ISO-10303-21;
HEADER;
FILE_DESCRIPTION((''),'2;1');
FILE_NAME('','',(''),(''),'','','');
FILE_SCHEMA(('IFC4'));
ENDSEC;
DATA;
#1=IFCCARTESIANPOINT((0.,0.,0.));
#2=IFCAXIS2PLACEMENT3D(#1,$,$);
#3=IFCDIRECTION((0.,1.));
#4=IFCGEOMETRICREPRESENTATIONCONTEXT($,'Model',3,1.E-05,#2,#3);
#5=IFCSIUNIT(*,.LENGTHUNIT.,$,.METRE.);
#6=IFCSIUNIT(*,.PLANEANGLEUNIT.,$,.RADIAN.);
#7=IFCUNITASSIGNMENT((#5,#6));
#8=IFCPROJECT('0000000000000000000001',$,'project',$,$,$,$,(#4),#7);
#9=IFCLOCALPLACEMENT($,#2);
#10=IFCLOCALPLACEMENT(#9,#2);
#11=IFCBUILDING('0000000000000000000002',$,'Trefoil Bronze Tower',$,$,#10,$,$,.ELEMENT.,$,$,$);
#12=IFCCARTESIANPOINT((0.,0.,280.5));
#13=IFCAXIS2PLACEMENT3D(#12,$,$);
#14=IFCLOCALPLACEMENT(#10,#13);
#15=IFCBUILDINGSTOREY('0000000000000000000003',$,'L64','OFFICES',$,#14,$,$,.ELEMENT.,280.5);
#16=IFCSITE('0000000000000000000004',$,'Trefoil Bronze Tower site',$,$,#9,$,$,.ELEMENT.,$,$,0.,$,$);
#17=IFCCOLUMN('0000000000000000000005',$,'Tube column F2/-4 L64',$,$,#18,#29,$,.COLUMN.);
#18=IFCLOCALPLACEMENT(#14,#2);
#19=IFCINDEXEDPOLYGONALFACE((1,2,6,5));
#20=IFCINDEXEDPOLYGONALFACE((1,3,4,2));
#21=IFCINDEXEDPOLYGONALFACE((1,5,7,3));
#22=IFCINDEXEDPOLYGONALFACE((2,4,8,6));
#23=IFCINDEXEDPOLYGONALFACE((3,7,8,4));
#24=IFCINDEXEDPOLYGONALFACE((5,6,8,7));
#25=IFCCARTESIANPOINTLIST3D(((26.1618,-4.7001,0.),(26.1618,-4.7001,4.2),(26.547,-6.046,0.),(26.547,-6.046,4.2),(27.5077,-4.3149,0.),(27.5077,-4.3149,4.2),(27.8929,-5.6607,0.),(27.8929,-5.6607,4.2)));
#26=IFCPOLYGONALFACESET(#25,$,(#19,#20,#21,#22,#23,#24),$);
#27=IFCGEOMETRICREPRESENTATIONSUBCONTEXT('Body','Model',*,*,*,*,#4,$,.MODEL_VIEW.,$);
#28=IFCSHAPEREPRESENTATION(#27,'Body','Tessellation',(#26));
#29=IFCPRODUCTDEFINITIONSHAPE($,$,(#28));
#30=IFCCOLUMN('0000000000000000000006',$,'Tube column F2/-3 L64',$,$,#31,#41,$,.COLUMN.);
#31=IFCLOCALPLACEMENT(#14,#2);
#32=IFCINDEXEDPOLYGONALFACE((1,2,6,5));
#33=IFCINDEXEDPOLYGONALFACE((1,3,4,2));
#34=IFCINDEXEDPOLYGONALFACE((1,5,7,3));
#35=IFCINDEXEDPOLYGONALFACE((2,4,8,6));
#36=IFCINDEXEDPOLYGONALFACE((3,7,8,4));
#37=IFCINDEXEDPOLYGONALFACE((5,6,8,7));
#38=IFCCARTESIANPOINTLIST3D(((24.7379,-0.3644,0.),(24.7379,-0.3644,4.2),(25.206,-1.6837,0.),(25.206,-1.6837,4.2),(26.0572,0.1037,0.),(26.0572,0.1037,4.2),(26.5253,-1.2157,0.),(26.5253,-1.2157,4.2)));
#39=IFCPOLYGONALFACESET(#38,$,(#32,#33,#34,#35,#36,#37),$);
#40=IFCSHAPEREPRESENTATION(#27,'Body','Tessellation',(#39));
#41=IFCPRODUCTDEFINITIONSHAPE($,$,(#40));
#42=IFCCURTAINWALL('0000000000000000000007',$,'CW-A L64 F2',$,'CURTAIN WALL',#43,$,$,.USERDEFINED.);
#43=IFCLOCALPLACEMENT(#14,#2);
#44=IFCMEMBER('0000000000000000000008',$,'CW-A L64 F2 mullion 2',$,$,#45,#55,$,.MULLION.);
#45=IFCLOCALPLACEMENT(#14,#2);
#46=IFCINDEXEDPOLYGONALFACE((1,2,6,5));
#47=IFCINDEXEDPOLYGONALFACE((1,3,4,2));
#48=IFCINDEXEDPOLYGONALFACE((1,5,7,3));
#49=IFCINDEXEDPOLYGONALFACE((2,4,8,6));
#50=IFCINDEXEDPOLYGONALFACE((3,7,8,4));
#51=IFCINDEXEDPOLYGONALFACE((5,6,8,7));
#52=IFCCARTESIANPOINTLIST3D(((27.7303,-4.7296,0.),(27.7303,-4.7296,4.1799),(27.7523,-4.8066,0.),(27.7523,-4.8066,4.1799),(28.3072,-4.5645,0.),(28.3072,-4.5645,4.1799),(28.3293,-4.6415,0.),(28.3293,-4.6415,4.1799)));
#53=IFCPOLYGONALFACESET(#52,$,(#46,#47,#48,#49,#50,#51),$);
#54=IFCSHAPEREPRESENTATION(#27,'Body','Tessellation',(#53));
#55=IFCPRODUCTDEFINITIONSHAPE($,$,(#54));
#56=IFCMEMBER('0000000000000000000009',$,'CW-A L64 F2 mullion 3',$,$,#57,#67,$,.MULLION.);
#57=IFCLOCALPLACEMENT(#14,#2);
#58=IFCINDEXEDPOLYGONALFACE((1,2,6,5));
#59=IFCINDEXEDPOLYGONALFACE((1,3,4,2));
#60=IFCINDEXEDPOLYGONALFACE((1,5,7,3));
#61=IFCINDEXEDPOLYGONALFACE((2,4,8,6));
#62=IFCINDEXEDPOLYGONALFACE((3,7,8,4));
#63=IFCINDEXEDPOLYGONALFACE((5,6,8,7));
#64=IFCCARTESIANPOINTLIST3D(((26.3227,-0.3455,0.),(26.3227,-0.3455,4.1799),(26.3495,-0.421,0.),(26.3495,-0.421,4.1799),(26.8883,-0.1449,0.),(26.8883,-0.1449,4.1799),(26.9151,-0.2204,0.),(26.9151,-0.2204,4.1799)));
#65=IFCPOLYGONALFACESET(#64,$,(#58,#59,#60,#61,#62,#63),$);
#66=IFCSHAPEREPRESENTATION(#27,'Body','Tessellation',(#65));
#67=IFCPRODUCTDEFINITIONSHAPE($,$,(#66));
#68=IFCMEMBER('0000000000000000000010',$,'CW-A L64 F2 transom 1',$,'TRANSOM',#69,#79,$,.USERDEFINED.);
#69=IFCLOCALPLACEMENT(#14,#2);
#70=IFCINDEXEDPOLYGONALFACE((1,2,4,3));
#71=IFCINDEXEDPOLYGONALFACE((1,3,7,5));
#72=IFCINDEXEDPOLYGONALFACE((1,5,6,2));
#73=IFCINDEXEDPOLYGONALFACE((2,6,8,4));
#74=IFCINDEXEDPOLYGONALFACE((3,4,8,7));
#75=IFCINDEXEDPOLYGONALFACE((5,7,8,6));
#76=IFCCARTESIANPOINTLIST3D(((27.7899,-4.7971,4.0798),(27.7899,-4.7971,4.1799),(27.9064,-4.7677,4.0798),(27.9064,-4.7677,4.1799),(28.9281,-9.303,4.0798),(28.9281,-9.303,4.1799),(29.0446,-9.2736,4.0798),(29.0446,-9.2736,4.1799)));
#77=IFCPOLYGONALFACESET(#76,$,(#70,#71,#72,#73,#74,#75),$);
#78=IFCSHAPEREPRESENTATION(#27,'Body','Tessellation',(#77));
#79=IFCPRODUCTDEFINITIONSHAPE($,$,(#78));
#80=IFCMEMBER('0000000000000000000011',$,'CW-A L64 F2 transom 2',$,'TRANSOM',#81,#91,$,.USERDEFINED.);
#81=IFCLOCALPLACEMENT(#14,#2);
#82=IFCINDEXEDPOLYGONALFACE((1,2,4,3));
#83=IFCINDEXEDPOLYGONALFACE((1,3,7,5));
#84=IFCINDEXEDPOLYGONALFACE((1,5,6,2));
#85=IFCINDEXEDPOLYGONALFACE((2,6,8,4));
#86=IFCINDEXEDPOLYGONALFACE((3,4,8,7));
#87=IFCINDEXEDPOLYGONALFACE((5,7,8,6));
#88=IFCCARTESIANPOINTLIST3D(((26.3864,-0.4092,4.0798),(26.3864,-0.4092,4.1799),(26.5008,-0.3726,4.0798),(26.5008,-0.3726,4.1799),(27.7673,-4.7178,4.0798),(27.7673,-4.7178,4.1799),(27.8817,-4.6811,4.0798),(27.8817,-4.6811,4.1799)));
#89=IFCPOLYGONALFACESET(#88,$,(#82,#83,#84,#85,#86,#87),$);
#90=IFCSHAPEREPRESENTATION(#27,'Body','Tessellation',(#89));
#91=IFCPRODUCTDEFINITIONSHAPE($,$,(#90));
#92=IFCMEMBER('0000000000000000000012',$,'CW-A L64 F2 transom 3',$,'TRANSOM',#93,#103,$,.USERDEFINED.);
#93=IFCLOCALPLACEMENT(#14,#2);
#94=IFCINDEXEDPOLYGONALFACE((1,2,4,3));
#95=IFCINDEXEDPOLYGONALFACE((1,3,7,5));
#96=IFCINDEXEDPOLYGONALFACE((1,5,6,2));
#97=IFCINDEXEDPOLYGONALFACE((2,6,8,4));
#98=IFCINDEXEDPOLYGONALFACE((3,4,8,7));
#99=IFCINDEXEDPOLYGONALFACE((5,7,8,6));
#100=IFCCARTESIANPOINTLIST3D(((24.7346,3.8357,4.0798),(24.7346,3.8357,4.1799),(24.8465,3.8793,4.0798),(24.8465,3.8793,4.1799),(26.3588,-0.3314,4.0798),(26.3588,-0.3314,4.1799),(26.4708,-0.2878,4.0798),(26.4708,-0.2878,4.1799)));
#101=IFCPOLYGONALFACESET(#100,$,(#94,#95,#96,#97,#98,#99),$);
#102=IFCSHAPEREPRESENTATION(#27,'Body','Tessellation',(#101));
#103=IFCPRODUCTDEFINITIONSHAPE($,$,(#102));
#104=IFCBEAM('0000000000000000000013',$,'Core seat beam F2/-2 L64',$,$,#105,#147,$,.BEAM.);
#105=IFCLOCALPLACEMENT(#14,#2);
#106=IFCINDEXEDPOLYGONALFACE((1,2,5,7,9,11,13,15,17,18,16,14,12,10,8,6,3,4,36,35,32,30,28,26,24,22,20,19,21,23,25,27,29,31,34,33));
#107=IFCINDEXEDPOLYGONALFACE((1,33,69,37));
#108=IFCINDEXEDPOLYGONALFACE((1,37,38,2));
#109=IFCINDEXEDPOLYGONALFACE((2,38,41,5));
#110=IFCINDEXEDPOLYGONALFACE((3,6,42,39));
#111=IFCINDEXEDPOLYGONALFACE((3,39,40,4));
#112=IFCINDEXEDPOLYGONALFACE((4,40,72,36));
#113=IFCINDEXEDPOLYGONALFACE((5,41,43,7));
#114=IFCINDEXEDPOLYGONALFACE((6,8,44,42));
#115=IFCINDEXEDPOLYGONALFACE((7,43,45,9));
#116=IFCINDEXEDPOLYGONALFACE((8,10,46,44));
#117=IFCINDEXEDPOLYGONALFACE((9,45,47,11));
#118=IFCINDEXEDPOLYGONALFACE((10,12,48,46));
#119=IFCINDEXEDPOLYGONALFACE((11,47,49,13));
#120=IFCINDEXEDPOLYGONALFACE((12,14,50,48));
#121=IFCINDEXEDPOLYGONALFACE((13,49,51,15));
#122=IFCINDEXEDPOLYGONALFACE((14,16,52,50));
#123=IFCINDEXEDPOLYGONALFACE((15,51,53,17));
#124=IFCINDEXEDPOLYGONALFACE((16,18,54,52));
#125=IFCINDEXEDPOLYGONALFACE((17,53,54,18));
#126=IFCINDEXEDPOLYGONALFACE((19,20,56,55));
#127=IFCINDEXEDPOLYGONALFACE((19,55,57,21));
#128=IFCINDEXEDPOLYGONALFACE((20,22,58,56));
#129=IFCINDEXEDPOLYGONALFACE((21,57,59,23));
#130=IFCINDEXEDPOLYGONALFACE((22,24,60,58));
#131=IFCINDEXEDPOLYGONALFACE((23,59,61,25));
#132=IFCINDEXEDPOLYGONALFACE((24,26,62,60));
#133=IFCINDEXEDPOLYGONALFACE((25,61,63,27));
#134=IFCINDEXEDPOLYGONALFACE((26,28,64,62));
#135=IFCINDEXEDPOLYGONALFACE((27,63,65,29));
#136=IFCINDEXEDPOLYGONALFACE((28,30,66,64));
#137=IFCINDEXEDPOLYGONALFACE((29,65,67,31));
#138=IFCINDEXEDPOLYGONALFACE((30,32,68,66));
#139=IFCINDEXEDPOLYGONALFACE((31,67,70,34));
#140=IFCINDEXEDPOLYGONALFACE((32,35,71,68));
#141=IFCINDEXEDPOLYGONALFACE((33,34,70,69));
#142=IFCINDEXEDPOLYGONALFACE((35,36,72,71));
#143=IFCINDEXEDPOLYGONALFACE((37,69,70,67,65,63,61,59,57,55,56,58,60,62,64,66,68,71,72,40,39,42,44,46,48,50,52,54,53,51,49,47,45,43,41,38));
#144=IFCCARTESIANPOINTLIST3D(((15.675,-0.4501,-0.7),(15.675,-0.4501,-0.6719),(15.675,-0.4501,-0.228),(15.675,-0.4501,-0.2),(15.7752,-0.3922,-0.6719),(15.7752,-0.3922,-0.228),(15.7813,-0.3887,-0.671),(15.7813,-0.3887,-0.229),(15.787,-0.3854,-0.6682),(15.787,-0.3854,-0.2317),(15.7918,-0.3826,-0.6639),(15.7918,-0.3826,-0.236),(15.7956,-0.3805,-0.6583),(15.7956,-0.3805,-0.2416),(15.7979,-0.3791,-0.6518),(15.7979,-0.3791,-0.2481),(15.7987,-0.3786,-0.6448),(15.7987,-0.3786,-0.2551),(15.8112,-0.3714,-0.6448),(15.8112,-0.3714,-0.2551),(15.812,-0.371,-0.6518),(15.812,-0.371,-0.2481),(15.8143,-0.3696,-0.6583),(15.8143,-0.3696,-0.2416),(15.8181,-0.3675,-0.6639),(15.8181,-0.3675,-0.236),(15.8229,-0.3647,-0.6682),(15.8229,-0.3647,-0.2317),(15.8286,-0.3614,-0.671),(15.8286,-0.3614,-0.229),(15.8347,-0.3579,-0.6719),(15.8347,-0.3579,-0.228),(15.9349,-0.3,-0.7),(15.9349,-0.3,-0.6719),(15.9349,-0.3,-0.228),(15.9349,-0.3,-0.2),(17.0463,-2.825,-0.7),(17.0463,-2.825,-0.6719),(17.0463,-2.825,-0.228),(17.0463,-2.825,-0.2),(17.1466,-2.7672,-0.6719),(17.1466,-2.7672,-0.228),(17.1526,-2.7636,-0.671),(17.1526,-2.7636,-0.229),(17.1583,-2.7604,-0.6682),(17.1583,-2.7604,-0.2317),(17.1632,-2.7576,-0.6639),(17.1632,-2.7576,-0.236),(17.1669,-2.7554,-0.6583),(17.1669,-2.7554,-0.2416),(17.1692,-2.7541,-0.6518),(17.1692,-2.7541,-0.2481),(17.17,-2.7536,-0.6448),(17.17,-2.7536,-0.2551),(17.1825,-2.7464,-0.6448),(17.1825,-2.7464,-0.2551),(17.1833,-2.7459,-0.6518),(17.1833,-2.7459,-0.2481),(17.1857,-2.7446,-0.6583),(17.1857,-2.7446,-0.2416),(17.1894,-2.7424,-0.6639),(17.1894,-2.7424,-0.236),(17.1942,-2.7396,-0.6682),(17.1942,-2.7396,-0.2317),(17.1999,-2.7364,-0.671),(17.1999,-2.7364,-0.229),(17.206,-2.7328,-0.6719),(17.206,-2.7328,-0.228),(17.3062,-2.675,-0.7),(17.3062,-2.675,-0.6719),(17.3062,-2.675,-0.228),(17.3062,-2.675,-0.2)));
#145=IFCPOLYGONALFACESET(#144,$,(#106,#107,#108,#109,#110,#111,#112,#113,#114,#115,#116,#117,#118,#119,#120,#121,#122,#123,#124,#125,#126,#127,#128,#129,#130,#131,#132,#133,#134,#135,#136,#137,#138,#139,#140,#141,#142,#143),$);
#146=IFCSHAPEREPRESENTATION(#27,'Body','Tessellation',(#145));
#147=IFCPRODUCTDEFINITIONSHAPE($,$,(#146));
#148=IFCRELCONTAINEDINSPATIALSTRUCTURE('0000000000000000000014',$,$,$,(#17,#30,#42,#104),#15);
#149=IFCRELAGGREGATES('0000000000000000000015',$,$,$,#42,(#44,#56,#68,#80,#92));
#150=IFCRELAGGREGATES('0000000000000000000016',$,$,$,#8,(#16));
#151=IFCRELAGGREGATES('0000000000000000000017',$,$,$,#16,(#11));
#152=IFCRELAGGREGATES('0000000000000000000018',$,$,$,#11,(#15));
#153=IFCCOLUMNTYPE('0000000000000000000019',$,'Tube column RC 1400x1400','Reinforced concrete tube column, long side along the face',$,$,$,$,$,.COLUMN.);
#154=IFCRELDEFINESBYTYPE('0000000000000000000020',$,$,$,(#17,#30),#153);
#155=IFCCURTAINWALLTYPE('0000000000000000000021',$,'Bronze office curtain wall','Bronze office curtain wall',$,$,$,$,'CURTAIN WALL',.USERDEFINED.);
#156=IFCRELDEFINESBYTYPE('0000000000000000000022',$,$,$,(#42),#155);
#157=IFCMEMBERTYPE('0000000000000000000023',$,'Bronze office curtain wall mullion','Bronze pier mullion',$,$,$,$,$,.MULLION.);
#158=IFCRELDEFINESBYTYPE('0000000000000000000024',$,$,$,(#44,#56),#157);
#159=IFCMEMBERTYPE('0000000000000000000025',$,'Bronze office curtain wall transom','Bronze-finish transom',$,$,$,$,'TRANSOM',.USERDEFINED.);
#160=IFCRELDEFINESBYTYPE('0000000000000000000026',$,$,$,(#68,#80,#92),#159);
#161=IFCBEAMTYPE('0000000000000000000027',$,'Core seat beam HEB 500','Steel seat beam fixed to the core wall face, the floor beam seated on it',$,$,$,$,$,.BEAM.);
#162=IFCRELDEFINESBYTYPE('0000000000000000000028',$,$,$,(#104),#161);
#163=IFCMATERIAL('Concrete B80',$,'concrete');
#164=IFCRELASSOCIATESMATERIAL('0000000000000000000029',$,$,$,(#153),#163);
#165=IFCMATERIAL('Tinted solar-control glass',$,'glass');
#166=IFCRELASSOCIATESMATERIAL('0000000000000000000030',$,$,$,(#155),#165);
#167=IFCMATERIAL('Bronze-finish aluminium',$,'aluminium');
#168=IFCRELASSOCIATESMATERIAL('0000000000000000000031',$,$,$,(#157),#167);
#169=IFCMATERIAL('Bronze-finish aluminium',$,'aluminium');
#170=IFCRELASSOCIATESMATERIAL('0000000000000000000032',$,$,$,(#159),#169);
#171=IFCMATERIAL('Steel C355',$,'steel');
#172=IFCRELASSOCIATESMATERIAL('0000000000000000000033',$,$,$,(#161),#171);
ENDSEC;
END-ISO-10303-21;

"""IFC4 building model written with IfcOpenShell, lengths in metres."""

from ifc_helpers import new_model, si_unit, direction, frame, origin, origin_2d, place, context, subcontext, project, spatial, rectangle, i_section, extrude, material, material_profile, profile_set, type_object, element, aggregate, save


model = new_model("IFC4")

# Units and contexts
model_context = context("Model", 3, precision=1e-05, world=origin(), true_north=direction((0.0, 1.0)))
body_context = subcontext(model_context, "Body", "Model", "MODEL_VIEW")
ifc_project = project(units=[si_unit("LENGTHUNIT", "METRE"), si_unit("PLANEANGLEUNIT", "RADIAN")], contexts=[model_context])

# Site, building, storey
site_placement = place(None, origin())
site = spatial("IfcSite", under=ifc_project, at=site_placement, Name="Trefoil Bronze Tower site", CompositionType="ELEMENT", RefElevation=0.0)
building_placement = place(site_placement, origin())
building = spatial("IfcBuilding", under=site, at=building_placement, Name="Trefoil Bronze Tower", CompositionType="ELEMENT")
storey_placement = place(building_placement, frame((0.0, 0.0, 280.5)))
storey = spatial("IfcBuildingStorey", under=building, at=storey_placement, Name="L64", Description="OFFICES", CompositionType="ELEMENT", Elevation=280.5)

# Columns
ifc_material_1 = material(Name="Concrete B80", Category="concrete")
ifc_material_profile_1 = material_profile(ifc_material_1, rectangle(XDim=1.3999, YDim=1.3999, at=origin_2d()), Name="RC 1400x1400")
ifc_profile_set_1 = profile_set([ifc_material_profile_1], Name="Concrete B80")
column_type = type_object("IfcColumnType", Name="Tube column RC 1400x1400", Description="Reinforced concrete tube column, long side along the face", PredefinedType="COLUMN", material=ifc_profile_set_1)
for number, where, z_axis, x_axis, name in (
    (1, (27.0273, -5.1804, 0.0), (0.0, 0.0, 1.0), (-0.275169, 0.961396, 0.0), "Tube column F2/-4 L64"),
    (2, (25.6316, -0.79, 0.0), (0.0, 0.0, 1.0), (-0.334352, 0.942448, 0.0), "Tube column F2/-3 L64"),
):
    element("IfcColumn", number, at=place(storey_placement, frame(where, z_axis=z_axis, x_axis=x_axis)), inside=storey, type_object=column_type, Name=name, PredefinedType="COLUMN", context=body_context, shape_type="SweptSolid", body=[
        extrude(rectangle(XDim=1.3999, YDim=1.3999, at=origin_2d()), origin(), (0.0, 0.0, 1.0), 4.2),
    ])

# Curtain wall, members
ifc_material_2 = material(Name="Tinted solar-control glass", Category="glass")
curtain_wall_type = type_object("IfcCurtainWallType", Name="Bronze office curtain wall", Description="Bronze office curtain wall", ElementType="CURTAIN WALL", PredefinedType="USERDEFINED", material=ifc_material_2)
curtain_wall_placement = place(storey_placement, origin())
curtain_wall = element("IfcCurtainWall", 3, at=curtain_wall_placement, inside=storey, type_object=curtain_wall_type, Name="CW-A L64 F2", ObjectType="CURTAIN WALL", PredefinedType="USERDEFINED")
ifc_material_3 = material(Name="Bronze-finish aluminium", Category="aluminium")
ifc_material_profile_2 = material_profile(ifc_material_3, rectangle(XDim=0.6001, YDim=0.0801, at=origin_2d()), Name="CW-A mullion")
ifc_profile_set_2 = profile_set([ifc_material_profile_2], Name="Bronze-finish aluminium")
member_type_1 = type_object("IfcMemberType", Name="Bronze office curtain wall mullion", Description="Bronze pier mullion", PredefinedType="MULLION", material=ifc_profile_set_2)
member_1_placement = place(storey_placement, frame((28.0298, -4.6855, 0.0), z_axis=(0.0, 0.0, 1.0), x_axis=(-0.961396, -0.275169, 0.0)))
member_1 = element("IfcMember", 4, at=member_1_placement, type_object=member_type_1, Name="CW-A L64 F2 mullion 2", PredefinedType="MULLION", context=body_context, shape_type="SweptSolid", body=[
    extrude(rectangle(XDim=0.6001, YDim=0.0801, at=origin_2d()), origin(), (0.0, 0.0, 1.0), 4.1799),
])
member_2_placement = place(storey_placement, frame((26.6189, -0.283, 0.0), z_axis=(0.0, 0.0, 1.0), x_axis=(-0.942448, -0.334352, 0.0)))
member_2 = element("IfcMember", 5, at=member_2_placement, type_object=member_type_1, Name="CW-A L64 F2 mullion 3", PredefinedType="MULLION", context=body_context, shape_type="SweptSolid", body=[
    extrude(rectangle(XDim=0.6001, YDim=0.0801, at=origin_2d()), origin(), (0.0, 0.0, 1.0), 4.1799),
])
ifc_material_4 = material(Name="Bronze-finish aluminium", Category="aluminium")
ifc_material_profile_3 = material_profile(ifc_material_4, rectangle(XDim=0.1201, YDim=0.1001, at=origin_2d()), Name="CW-A transom")
ifc_profile_set_3 = profile_set([ifc_material_profile_3], Name="Bronze-finish aluminium")
member_type_2 = type_object("IfcMemberType", Name="Bronze office curtain wall transom", Description="Bronze-finish transom", ElementType="TRANSOM", PredefinedType="USERDEFINED", material=ifc_profile_set_3)
member_3_placement = place(storey_placement, frame((28.9863, -9.2883, 4.1299), z_axis=(-0.244908, 0.969546, 0.0), x_axis=(-0.969546, -0.244908, 0.0)))
member_3 = element("IfcMember", 6, at=member_3_placement, type_object=member_type_2, Name="CW-A L64 F2 transom 1", ObjectType="TRANSOM", PredefinedType="USERDEFINED", context=body_context, shape_type="SweptSolid", body=[
    extrude(rectangle(XDim=0.1201, YDim=0.1001, at=origin_2d()), origin(), (0.0, 0.0, 1.0), 4.6475),
])
member_4_placement = place(storey_placement, frame((27.8245, -4.6995, 4.1299), z_axis=(-0.305199, 0.952289, 0.0), x_axis=(-0.952289, -0.305199, 0.0)))
member_4 = element("IfcMember", 7, at=member_4_placement, type_object=member_type_2, Name="CW-A L64 F2 transom 2", ObjectType="TRANSOM", PredefinedType="USERDEFINED", context=body_context, shape_type="SweptSolid", body=[
    extrude(rectangle(XDim=0.1201, YDim=0.1001, at=origin_2d()), origin(), (0.0, 0.0, 1.0), 4.5244),
])
member_5_placement = place(storey_placement, frame((26.4148, -0.3096, 4.1299), z_axis=(-0.363178, 0.93172, 0.0), x_axis=(-0.93172, -0.363178, 0.0)))
member_5 = element("IfcMember", 8, at=member_5_placement, type_object=member_type_2, Name="CW-A L64 F2 transom 3", ObjectType="TRANSOM", PredefinedType="USERDEFINED", context=body_context, shape_type="SweptSolid", body=[
    extrude(rectangle(XDim=0.1201, YDim=0.1001, at=origin_2d()), origin(), (0.0, 0.0, 1.0), 4.4724),
])

# Beam
ifc_material_5 = material(Name="Steel C355", Category="steel")
ifc_material_profile_4 = material_profile(ifc_material_5, i_section(OverallWidth=0.3, OverallDepth=0.5, WebThickness=0.0144, FlangeThickness=0.0281, FilletRadius=0.0271, at=origin_2d()), Name="HEB 500")
ifc_profile_set_4 = profile_set([ifc_material_profile_4], Name="Steel C355")
beam_type_1 = type_object("IfcBeamType", Name="Core seat beam HEB 500", Description="Steel seat beam fixed to the core wall face, the floor beam seated on it", PredefinedType="BEAM", material=ifc_profile_set_4)
beam_1_placement = place(storey_placement, frame((17.1763, -2.75, -0.45), z_axis=(-0.500036, 0.866005, 0.0), x_axis=(-0.866005, -0.500036, 0.0)))
element("IfcBeam", 9, at=beam_1_placement, inside=storey, type_object=beam_type_1, Name="Core seat beam F2/-2 L64", PredefinedType="BEAM", context=body_context, shape_type="SweptSolid", body=[
    extrude(i_section(OverallWidth=0.3, OverallDepth=0.5, WebThickness=0.0144, FlangeThickness=0.0281, FilletRadius=0.0271, at=origin_2d()), origin(), (0.0, 0.0, 1.0), 2.7424),
])

aggregate(curtain_wall, [member_1, member_2, member_3, member_4, member_5])

save(model, "model.ifc")
